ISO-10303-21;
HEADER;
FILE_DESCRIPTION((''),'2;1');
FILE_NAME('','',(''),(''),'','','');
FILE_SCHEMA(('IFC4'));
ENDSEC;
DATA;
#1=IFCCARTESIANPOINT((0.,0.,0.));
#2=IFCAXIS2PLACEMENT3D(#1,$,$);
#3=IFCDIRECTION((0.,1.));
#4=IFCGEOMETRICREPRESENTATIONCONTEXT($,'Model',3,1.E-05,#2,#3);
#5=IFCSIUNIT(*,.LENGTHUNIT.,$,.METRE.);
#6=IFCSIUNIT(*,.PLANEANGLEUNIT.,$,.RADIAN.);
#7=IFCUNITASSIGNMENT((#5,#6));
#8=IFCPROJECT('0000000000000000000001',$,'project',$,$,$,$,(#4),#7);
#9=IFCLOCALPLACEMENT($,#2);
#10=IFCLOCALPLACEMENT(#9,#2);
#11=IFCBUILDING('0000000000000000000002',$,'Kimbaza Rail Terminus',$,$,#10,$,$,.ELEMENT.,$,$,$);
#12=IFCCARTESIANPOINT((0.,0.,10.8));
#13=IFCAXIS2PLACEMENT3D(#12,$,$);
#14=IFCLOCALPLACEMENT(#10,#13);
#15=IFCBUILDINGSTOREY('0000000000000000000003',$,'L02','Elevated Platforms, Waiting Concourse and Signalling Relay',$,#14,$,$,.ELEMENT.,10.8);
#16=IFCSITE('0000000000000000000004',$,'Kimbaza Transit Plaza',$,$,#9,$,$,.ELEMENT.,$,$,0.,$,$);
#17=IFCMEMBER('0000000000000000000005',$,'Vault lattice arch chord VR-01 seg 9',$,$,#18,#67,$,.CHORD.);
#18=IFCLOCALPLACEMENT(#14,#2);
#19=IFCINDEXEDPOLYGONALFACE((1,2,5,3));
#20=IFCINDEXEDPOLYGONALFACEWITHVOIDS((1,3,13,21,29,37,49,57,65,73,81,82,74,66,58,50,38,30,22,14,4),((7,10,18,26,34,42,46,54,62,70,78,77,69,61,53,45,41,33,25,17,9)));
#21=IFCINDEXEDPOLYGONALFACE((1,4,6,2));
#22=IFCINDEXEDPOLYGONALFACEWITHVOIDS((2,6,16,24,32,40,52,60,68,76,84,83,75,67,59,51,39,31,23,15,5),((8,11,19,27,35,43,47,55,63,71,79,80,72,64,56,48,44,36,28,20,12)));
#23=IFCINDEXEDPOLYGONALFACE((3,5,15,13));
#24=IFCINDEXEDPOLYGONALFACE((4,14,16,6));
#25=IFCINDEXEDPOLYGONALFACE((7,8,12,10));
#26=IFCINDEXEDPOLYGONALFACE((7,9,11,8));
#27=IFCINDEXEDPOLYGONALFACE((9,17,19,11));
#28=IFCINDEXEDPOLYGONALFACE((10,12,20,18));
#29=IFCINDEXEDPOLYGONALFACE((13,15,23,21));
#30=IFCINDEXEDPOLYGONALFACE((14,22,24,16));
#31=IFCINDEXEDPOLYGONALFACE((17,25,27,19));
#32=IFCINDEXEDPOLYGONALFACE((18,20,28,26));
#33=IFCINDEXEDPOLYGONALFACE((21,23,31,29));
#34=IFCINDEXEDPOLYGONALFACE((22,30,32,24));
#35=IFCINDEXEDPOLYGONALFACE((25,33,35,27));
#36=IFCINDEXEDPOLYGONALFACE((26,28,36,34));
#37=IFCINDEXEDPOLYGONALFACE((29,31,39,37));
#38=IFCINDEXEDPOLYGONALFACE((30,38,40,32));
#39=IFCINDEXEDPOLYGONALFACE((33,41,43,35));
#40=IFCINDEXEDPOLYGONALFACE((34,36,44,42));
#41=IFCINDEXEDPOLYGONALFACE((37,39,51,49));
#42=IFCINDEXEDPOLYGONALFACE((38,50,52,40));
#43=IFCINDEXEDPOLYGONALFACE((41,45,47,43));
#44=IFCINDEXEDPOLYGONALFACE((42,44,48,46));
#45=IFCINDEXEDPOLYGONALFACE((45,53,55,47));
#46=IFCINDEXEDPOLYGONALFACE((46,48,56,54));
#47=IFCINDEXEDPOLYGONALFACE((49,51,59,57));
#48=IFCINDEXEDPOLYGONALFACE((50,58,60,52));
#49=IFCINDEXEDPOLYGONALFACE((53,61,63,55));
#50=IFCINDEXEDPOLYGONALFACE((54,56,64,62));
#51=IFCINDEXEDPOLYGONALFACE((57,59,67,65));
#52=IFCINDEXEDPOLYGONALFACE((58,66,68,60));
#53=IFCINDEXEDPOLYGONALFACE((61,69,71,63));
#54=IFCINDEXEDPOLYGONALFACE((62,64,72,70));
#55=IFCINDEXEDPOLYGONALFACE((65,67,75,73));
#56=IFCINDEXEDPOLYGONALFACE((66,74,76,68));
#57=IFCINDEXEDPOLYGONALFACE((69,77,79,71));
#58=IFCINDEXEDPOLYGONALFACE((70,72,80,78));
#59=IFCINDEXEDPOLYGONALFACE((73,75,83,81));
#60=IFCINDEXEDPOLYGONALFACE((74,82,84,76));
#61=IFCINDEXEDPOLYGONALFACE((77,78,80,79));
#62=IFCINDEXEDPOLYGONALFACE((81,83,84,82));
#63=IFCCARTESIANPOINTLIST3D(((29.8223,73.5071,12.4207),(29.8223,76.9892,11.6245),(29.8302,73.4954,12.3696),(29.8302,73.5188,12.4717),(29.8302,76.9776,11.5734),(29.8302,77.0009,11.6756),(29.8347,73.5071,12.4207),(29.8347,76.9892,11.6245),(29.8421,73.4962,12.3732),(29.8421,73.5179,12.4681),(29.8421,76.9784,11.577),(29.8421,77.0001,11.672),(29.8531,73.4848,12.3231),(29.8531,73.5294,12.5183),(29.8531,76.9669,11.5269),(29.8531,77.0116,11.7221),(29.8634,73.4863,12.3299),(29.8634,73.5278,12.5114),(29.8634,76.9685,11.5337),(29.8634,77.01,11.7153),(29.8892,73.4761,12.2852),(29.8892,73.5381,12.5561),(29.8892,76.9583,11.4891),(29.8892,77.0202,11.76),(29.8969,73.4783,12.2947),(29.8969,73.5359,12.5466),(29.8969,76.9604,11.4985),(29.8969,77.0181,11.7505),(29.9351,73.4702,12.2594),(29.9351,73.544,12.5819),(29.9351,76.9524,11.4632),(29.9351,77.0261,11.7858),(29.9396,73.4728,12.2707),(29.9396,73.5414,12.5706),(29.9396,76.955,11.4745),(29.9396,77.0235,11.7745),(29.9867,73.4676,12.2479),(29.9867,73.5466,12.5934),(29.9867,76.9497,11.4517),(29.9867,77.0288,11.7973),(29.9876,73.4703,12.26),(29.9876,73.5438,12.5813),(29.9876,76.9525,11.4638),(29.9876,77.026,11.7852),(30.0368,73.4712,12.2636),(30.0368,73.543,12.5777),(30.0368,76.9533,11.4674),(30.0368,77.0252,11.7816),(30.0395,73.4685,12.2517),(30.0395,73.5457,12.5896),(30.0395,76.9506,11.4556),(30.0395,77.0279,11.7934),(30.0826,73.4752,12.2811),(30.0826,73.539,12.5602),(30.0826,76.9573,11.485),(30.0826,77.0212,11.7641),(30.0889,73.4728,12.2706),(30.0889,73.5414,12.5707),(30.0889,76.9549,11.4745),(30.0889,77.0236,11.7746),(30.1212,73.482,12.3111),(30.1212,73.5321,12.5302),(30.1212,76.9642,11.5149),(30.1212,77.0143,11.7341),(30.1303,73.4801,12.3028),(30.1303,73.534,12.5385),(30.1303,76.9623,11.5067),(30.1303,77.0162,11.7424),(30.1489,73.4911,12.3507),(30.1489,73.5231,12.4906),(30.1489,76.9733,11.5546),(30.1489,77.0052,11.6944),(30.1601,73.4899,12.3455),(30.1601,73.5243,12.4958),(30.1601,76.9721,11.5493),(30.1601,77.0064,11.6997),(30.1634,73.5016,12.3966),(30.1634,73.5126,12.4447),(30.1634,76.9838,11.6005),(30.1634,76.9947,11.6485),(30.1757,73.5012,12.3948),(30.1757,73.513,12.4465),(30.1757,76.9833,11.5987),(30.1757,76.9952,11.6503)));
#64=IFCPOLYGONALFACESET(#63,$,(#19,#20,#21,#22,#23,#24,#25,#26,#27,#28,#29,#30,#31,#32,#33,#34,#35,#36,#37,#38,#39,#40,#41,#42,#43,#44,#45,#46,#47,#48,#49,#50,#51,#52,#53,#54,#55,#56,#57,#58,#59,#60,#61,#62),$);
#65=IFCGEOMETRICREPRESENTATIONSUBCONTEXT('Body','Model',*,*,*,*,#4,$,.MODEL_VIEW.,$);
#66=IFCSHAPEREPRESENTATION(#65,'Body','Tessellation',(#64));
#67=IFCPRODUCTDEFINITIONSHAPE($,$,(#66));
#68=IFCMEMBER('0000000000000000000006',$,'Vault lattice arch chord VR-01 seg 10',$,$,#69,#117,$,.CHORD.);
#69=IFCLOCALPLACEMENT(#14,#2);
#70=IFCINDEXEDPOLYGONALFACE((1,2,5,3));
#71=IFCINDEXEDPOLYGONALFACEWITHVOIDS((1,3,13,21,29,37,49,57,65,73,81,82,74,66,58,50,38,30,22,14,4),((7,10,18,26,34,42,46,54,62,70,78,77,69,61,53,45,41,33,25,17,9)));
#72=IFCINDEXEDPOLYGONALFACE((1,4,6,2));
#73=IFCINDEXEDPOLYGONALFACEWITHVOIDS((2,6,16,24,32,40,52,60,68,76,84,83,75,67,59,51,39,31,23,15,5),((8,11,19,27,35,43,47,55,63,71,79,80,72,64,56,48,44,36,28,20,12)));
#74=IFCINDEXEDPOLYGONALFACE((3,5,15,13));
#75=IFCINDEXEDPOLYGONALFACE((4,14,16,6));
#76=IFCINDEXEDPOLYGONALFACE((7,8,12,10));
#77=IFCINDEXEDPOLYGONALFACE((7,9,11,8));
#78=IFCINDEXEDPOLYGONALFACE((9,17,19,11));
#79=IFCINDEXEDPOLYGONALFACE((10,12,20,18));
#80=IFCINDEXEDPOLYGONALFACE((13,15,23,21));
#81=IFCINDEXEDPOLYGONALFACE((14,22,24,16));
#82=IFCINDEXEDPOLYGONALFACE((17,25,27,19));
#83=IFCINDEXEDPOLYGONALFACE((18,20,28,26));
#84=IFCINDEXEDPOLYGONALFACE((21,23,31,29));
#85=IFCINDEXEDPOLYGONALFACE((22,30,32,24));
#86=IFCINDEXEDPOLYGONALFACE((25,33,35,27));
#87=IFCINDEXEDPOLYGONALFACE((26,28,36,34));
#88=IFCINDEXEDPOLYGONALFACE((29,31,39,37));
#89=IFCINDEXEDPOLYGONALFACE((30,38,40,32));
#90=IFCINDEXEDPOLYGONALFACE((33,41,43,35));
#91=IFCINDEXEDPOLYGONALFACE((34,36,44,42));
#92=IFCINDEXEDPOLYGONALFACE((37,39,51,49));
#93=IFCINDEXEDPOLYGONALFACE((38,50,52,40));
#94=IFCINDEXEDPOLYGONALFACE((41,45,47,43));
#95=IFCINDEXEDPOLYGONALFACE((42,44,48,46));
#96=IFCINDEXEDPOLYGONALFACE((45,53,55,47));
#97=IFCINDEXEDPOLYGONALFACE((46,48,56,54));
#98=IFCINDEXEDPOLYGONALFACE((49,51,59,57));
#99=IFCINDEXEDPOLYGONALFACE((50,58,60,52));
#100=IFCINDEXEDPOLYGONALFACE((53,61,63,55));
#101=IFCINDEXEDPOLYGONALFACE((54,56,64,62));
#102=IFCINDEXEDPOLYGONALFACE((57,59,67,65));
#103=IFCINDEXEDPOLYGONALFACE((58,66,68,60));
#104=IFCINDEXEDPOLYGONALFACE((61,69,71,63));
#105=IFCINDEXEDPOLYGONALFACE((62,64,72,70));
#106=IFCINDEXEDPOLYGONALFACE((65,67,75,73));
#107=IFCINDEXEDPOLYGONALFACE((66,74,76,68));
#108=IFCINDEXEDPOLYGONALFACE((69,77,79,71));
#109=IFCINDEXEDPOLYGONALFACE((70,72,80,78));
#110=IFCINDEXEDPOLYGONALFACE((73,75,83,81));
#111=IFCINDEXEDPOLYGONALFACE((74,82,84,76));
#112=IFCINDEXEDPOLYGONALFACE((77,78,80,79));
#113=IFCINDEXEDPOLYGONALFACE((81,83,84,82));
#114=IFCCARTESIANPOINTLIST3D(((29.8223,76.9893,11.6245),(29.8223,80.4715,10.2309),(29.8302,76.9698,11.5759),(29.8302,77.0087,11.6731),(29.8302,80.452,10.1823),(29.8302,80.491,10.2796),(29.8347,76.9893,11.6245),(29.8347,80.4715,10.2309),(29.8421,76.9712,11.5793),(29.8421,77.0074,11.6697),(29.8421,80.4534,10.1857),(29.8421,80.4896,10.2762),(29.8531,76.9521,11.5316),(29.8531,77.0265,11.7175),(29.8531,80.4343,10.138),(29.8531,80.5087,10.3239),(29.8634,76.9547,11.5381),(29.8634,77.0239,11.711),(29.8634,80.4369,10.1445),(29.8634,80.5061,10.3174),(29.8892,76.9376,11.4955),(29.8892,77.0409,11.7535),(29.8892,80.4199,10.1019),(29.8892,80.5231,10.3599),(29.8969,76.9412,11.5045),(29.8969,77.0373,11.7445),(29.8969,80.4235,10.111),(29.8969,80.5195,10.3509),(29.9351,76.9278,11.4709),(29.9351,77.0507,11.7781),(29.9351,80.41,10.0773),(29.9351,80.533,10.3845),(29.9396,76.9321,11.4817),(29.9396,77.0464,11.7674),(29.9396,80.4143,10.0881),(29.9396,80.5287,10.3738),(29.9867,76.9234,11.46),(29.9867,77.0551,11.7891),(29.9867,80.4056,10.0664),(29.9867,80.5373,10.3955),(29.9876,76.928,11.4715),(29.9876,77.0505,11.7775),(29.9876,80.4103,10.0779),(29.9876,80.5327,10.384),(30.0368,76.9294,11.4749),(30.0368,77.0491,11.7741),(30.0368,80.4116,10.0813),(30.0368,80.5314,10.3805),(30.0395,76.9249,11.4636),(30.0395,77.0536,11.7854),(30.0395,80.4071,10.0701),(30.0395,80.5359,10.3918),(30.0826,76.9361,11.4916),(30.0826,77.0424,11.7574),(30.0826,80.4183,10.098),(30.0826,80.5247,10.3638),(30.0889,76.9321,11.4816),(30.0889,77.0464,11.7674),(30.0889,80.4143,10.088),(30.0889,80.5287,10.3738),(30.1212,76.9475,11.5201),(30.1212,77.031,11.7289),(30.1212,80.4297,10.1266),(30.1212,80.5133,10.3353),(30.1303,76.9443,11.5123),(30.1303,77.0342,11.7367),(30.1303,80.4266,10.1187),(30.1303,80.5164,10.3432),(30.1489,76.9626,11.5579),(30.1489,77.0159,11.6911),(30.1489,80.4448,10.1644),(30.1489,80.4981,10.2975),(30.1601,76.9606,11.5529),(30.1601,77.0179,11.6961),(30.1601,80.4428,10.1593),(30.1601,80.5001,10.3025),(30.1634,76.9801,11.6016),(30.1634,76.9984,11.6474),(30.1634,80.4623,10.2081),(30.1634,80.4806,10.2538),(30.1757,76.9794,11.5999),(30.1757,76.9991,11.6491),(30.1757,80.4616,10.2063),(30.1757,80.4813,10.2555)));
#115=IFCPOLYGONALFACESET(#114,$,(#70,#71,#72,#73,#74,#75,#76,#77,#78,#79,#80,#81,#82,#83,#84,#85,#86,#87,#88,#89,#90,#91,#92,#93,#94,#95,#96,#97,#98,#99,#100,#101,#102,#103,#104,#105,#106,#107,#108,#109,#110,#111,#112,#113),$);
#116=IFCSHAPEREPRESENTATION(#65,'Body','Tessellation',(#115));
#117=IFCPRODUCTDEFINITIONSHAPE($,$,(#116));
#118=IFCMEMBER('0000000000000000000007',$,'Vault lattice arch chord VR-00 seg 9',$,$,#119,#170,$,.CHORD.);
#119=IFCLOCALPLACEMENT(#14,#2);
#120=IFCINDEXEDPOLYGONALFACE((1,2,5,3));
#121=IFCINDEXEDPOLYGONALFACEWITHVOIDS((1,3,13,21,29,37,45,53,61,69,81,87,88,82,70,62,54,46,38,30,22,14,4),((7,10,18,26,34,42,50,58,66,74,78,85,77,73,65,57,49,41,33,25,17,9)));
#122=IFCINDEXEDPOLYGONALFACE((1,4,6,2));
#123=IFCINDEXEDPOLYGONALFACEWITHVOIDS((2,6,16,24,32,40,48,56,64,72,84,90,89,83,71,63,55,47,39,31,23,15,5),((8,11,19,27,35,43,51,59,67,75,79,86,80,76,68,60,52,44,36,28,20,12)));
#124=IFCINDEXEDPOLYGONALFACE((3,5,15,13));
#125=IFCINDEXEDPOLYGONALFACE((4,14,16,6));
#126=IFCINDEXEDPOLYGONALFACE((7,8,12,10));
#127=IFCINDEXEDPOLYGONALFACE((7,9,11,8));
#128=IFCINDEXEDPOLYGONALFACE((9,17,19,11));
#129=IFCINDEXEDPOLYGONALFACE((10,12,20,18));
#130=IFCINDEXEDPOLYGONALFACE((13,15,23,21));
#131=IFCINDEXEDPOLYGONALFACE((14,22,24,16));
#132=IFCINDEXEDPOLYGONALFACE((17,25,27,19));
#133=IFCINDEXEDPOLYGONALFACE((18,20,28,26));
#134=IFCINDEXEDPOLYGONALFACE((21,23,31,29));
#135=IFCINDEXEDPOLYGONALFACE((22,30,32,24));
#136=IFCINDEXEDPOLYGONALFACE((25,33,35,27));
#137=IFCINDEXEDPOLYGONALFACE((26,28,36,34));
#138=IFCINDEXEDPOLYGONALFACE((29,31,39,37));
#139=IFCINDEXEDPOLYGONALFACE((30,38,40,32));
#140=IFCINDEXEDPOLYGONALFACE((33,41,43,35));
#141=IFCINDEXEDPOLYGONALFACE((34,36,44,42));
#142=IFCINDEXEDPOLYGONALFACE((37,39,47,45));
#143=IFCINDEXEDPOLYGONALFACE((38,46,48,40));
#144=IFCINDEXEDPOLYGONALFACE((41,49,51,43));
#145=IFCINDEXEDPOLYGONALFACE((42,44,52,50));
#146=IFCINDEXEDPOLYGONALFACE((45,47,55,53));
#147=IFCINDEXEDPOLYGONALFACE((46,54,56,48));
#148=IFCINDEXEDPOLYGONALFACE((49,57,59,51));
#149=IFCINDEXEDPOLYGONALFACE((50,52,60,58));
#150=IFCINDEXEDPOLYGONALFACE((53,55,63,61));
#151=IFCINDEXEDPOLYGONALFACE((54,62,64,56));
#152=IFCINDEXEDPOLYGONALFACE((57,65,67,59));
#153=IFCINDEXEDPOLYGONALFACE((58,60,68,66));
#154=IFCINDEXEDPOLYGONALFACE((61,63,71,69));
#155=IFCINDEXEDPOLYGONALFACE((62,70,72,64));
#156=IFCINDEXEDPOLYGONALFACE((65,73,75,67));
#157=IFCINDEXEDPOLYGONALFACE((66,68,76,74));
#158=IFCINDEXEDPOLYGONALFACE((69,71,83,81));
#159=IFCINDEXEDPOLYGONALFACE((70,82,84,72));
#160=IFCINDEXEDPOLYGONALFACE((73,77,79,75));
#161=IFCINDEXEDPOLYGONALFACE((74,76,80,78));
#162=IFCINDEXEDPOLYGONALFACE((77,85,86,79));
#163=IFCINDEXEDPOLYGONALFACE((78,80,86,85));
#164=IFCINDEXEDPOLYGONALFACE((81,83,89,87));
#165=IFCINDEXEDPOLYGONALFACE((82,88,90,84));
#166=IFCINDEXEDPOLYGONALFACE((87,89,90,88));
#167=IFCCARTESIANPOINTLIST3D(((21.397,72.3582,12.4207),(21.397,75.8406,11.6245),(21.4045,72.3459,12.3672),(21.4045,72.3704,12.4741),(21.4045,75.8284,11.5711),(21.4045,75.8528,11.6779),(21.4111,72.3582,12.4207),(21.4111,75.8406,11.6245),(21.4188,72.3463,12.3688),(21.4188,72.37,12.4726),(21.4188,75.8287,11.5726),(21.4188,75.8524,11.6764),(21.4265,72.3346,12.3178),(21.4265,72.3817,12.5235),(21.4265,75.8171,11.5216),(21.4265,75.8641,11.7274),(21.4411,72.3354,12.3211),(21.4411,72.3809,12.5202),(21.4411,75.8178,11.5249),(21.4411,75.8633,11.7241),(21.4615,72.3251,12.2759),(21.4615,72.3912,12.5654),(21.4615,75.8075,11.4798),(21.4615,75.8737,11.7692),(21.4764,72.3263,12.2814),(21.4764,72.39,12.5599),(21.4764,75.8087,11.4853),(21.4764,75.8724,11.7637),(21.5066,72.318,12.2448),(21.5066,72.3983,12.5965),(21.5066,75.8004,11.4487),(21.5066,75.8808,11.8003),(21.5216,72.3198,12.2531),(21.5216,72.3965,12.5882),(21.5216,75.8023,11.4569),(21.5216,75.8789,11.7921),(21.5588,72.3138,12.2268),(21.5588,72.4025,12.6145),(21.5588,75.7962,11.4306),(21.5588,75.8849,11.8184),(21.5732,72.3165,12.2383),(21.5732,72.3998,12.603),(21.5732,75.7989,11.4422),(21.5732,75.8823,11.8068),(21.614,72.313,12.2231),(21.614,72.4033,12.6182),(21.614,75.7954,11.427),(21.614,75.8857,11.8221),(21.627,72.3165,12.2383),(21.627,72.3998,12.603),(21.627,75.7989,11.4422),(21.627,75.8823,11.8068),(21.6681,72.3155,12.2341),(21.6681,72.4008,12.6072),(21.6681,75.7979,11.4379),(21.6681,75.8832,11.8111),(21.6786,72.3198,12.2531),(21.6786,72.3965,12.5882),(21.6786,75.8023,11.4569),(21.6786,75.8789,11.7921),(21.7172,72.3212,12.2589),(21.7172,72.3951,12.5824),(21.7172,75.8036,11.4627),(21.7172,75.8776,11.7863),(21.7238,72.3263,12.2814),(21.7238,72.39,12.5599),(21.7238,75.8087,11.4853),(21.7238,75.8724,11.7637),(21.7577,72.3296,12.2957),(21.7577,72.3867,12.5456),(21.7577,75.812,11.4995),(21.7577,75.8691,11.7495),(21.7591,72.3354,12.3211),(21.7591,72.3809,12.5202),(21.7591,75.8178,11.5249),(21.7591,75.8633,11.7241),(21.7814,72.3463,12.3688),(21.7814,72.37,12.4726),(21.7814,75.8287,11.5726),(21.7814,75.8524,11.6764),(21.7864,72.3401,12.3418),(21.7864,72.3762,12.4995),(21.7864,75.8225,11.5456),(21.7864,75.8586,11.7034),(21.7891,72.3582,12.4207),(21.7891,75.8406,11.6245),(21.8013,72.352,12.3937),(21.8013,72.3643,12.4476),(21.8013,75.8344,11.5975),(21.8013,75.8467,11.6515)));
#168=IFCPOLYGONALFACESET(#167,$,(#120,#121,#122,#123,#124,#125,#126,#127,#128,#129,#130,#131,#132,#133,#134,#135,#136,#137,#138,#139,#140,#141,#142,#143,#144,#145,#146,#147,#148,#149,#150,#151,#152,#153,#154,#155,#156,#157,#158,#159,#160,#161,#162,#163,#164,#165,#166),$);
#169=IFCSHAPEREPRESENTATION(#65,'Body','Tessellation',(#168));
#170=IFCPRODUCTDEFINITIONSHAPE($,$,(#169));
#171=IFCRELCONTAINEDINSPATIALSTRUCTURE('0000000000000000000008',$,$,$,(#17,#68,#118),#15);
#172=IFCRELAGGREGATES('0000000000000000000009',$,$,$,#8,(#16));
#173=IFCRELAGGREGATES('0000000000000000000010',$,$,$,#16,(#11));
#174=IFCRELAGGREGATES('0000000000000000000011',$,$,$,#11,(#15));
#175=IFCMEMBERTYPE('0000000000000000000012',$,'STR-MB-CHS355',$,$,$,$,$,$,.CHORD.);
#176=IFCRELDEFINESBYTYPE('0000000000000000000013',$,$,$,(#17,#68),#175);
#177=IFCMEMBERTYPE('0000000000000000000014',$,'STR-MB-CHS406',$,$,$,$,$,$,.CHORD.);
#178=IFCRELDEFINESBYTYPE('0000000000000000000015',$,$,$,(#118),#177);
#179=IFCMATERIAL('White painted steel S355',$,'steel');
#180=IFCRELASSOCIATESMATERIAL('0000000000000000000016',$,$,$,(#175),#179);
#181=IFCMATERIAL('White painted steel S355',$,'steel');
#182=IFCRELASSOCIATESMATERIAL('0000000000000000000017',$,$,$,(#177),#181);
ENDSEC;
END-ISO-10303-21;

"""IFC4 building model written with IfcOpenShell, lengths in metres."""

from ifc_helpers import new_model, si_unit, direction, frame, origin, origin_2d, place, context, subcontext, project, spatial, hollow_circle, extrude, material, material_profile, profile_set, type_object, element, save


model = new_model("IFC4")

# Units and contexts
model_context = context("Model", 3, precision=1e-05, world=origin(), true_north=direction((0.0, 1.0)))
body_context = subcontext(model_context, "Body", "Model", "MODEL_VIEW")
ifc_project = project(units=[si_unit("LENGTHUNIT", "METRE"), si_unit("PLANEANGLEUNIT", "RADIAN")], contexts=[model_context])

# Site, building, storey
site_placement = place(None, origin())
site = spatial("IfcSite", under=ifc_project, at=site_placement, Name="Kimbaza Transit Plaza", CompositionType="ELEMENT", RefElevation=0.0)
building_placement = place(site_placement, origin())
building = spatial("IfcBuilding", under=site, at=building_placement, Name="Kimbaza Rail Terminus", CompositionType="ELEMENT")
storey_placement = place(building_placement, frame((0.0, 0.0, 10.8)))
storey = spatial("IfcBuildingStorey", under=building, at=storey_placement, Name="L02", Description="Elevated Platforms, Waiting Concourse and Signalling Relay", CompositionType="ELEMENT", Elevation=10.8)

# Members
ifc_material_1 = material(Name="White painted steel S355", Category="steel")
ifc_material_profile_1 = material_profile(ifc_material_1, hollow_circle(Radius=0.1777, WallThickness=0.0125, at=origin_2d()), Name="CHS 355.6x12.5")
ifc_profile_set_1 = profile_set([ifc_material_profile_1], Name="White painted steel S355")
member_type_1 = type_object("IfcMemberType", Name="STR-MB-CHS355", PredefinedType="CHORD", material=ifc_profile_set_1)
member_1_placement = place(storey_placement, frame((30.0, 73.5071, 12.4207), z_axis=(0.0, 0.974845, -0.222882), x_axis=(-1.0, 0.0, 0.0)))
element("IfcMember", 1, at=member_1_placement, inside=storey, type_object=member_type_1, Name="Vault lattice arch chord VR-01 seg 9", PredefinedType="CHORD", context=body_context, shape_type="SweptSolid", body=[
    extrude(hollow_circle(Radius=0.1777, WallThickness=0.0125, at=origin_2d()), origin(), (0.0, 0.0, 1.0), 3.572),
])
member_2_placement = place(storey_placement, frame((30.0, 76.9893, 11.6245), z_axis=(0.0, 0.928414, -0.371548), x_axis=(-1.0, 0.0, 0.0)))
element("IfcMember", 2, at=member_2_placement, inside=storey, type_object=member_type_1, Name="Vault lattice arch chord VR-01 seg 10", PredefinedType="CHORD", context=body_context, shape_type="SweptSolid", body=[
    extrude(hollow_circle(Radius=0.1777, WallThickness=0.0125, at=origin_2d()), origin(), (0.0, 0.0, 1.0), 3.7507),
])
ifc_material_2 = material(Name="White painted steel S355", Category="steel")
ifc_material_profile_2 = material_profile(ifc_material_2, hollow_circle(Radius=0.2031, WallThickness=0.0142, at=origin_2d()), Name="CHS 406.4x14.2")
ifc_profile_set_2 = profile_set([ifc_material_profile_2], Name="White painted steel S355")
member_type_2 = type_object("IfcMemberType", Name="STR-MB-CHS406", PredefinedType="CHORD", material=ifc_profile_set_2)
member_3_placement = place(storey_placement, frame((21.6001, 72.3582, 12.4207), z_axis=(0.0, 0.974849, -0.222867), x_axis=(-1.0, 0.0, 0.0)))
element("IfcMember", 3, at=member_3_placement, inside=storey, type_object=member_type_2, Name="Vault lattice arch chord VR-00 seg 9", PredefinedType="CHORD", context=body_context, shape_type="SweptSolid", body=[
    extrude(hollow_circle(Radius=0.2031, WallThickness=0.0142, at=origin_2d()), origin(), (0.0, 0.0, 1.0), 3.5723),
])

save(model, "model.ifc")
